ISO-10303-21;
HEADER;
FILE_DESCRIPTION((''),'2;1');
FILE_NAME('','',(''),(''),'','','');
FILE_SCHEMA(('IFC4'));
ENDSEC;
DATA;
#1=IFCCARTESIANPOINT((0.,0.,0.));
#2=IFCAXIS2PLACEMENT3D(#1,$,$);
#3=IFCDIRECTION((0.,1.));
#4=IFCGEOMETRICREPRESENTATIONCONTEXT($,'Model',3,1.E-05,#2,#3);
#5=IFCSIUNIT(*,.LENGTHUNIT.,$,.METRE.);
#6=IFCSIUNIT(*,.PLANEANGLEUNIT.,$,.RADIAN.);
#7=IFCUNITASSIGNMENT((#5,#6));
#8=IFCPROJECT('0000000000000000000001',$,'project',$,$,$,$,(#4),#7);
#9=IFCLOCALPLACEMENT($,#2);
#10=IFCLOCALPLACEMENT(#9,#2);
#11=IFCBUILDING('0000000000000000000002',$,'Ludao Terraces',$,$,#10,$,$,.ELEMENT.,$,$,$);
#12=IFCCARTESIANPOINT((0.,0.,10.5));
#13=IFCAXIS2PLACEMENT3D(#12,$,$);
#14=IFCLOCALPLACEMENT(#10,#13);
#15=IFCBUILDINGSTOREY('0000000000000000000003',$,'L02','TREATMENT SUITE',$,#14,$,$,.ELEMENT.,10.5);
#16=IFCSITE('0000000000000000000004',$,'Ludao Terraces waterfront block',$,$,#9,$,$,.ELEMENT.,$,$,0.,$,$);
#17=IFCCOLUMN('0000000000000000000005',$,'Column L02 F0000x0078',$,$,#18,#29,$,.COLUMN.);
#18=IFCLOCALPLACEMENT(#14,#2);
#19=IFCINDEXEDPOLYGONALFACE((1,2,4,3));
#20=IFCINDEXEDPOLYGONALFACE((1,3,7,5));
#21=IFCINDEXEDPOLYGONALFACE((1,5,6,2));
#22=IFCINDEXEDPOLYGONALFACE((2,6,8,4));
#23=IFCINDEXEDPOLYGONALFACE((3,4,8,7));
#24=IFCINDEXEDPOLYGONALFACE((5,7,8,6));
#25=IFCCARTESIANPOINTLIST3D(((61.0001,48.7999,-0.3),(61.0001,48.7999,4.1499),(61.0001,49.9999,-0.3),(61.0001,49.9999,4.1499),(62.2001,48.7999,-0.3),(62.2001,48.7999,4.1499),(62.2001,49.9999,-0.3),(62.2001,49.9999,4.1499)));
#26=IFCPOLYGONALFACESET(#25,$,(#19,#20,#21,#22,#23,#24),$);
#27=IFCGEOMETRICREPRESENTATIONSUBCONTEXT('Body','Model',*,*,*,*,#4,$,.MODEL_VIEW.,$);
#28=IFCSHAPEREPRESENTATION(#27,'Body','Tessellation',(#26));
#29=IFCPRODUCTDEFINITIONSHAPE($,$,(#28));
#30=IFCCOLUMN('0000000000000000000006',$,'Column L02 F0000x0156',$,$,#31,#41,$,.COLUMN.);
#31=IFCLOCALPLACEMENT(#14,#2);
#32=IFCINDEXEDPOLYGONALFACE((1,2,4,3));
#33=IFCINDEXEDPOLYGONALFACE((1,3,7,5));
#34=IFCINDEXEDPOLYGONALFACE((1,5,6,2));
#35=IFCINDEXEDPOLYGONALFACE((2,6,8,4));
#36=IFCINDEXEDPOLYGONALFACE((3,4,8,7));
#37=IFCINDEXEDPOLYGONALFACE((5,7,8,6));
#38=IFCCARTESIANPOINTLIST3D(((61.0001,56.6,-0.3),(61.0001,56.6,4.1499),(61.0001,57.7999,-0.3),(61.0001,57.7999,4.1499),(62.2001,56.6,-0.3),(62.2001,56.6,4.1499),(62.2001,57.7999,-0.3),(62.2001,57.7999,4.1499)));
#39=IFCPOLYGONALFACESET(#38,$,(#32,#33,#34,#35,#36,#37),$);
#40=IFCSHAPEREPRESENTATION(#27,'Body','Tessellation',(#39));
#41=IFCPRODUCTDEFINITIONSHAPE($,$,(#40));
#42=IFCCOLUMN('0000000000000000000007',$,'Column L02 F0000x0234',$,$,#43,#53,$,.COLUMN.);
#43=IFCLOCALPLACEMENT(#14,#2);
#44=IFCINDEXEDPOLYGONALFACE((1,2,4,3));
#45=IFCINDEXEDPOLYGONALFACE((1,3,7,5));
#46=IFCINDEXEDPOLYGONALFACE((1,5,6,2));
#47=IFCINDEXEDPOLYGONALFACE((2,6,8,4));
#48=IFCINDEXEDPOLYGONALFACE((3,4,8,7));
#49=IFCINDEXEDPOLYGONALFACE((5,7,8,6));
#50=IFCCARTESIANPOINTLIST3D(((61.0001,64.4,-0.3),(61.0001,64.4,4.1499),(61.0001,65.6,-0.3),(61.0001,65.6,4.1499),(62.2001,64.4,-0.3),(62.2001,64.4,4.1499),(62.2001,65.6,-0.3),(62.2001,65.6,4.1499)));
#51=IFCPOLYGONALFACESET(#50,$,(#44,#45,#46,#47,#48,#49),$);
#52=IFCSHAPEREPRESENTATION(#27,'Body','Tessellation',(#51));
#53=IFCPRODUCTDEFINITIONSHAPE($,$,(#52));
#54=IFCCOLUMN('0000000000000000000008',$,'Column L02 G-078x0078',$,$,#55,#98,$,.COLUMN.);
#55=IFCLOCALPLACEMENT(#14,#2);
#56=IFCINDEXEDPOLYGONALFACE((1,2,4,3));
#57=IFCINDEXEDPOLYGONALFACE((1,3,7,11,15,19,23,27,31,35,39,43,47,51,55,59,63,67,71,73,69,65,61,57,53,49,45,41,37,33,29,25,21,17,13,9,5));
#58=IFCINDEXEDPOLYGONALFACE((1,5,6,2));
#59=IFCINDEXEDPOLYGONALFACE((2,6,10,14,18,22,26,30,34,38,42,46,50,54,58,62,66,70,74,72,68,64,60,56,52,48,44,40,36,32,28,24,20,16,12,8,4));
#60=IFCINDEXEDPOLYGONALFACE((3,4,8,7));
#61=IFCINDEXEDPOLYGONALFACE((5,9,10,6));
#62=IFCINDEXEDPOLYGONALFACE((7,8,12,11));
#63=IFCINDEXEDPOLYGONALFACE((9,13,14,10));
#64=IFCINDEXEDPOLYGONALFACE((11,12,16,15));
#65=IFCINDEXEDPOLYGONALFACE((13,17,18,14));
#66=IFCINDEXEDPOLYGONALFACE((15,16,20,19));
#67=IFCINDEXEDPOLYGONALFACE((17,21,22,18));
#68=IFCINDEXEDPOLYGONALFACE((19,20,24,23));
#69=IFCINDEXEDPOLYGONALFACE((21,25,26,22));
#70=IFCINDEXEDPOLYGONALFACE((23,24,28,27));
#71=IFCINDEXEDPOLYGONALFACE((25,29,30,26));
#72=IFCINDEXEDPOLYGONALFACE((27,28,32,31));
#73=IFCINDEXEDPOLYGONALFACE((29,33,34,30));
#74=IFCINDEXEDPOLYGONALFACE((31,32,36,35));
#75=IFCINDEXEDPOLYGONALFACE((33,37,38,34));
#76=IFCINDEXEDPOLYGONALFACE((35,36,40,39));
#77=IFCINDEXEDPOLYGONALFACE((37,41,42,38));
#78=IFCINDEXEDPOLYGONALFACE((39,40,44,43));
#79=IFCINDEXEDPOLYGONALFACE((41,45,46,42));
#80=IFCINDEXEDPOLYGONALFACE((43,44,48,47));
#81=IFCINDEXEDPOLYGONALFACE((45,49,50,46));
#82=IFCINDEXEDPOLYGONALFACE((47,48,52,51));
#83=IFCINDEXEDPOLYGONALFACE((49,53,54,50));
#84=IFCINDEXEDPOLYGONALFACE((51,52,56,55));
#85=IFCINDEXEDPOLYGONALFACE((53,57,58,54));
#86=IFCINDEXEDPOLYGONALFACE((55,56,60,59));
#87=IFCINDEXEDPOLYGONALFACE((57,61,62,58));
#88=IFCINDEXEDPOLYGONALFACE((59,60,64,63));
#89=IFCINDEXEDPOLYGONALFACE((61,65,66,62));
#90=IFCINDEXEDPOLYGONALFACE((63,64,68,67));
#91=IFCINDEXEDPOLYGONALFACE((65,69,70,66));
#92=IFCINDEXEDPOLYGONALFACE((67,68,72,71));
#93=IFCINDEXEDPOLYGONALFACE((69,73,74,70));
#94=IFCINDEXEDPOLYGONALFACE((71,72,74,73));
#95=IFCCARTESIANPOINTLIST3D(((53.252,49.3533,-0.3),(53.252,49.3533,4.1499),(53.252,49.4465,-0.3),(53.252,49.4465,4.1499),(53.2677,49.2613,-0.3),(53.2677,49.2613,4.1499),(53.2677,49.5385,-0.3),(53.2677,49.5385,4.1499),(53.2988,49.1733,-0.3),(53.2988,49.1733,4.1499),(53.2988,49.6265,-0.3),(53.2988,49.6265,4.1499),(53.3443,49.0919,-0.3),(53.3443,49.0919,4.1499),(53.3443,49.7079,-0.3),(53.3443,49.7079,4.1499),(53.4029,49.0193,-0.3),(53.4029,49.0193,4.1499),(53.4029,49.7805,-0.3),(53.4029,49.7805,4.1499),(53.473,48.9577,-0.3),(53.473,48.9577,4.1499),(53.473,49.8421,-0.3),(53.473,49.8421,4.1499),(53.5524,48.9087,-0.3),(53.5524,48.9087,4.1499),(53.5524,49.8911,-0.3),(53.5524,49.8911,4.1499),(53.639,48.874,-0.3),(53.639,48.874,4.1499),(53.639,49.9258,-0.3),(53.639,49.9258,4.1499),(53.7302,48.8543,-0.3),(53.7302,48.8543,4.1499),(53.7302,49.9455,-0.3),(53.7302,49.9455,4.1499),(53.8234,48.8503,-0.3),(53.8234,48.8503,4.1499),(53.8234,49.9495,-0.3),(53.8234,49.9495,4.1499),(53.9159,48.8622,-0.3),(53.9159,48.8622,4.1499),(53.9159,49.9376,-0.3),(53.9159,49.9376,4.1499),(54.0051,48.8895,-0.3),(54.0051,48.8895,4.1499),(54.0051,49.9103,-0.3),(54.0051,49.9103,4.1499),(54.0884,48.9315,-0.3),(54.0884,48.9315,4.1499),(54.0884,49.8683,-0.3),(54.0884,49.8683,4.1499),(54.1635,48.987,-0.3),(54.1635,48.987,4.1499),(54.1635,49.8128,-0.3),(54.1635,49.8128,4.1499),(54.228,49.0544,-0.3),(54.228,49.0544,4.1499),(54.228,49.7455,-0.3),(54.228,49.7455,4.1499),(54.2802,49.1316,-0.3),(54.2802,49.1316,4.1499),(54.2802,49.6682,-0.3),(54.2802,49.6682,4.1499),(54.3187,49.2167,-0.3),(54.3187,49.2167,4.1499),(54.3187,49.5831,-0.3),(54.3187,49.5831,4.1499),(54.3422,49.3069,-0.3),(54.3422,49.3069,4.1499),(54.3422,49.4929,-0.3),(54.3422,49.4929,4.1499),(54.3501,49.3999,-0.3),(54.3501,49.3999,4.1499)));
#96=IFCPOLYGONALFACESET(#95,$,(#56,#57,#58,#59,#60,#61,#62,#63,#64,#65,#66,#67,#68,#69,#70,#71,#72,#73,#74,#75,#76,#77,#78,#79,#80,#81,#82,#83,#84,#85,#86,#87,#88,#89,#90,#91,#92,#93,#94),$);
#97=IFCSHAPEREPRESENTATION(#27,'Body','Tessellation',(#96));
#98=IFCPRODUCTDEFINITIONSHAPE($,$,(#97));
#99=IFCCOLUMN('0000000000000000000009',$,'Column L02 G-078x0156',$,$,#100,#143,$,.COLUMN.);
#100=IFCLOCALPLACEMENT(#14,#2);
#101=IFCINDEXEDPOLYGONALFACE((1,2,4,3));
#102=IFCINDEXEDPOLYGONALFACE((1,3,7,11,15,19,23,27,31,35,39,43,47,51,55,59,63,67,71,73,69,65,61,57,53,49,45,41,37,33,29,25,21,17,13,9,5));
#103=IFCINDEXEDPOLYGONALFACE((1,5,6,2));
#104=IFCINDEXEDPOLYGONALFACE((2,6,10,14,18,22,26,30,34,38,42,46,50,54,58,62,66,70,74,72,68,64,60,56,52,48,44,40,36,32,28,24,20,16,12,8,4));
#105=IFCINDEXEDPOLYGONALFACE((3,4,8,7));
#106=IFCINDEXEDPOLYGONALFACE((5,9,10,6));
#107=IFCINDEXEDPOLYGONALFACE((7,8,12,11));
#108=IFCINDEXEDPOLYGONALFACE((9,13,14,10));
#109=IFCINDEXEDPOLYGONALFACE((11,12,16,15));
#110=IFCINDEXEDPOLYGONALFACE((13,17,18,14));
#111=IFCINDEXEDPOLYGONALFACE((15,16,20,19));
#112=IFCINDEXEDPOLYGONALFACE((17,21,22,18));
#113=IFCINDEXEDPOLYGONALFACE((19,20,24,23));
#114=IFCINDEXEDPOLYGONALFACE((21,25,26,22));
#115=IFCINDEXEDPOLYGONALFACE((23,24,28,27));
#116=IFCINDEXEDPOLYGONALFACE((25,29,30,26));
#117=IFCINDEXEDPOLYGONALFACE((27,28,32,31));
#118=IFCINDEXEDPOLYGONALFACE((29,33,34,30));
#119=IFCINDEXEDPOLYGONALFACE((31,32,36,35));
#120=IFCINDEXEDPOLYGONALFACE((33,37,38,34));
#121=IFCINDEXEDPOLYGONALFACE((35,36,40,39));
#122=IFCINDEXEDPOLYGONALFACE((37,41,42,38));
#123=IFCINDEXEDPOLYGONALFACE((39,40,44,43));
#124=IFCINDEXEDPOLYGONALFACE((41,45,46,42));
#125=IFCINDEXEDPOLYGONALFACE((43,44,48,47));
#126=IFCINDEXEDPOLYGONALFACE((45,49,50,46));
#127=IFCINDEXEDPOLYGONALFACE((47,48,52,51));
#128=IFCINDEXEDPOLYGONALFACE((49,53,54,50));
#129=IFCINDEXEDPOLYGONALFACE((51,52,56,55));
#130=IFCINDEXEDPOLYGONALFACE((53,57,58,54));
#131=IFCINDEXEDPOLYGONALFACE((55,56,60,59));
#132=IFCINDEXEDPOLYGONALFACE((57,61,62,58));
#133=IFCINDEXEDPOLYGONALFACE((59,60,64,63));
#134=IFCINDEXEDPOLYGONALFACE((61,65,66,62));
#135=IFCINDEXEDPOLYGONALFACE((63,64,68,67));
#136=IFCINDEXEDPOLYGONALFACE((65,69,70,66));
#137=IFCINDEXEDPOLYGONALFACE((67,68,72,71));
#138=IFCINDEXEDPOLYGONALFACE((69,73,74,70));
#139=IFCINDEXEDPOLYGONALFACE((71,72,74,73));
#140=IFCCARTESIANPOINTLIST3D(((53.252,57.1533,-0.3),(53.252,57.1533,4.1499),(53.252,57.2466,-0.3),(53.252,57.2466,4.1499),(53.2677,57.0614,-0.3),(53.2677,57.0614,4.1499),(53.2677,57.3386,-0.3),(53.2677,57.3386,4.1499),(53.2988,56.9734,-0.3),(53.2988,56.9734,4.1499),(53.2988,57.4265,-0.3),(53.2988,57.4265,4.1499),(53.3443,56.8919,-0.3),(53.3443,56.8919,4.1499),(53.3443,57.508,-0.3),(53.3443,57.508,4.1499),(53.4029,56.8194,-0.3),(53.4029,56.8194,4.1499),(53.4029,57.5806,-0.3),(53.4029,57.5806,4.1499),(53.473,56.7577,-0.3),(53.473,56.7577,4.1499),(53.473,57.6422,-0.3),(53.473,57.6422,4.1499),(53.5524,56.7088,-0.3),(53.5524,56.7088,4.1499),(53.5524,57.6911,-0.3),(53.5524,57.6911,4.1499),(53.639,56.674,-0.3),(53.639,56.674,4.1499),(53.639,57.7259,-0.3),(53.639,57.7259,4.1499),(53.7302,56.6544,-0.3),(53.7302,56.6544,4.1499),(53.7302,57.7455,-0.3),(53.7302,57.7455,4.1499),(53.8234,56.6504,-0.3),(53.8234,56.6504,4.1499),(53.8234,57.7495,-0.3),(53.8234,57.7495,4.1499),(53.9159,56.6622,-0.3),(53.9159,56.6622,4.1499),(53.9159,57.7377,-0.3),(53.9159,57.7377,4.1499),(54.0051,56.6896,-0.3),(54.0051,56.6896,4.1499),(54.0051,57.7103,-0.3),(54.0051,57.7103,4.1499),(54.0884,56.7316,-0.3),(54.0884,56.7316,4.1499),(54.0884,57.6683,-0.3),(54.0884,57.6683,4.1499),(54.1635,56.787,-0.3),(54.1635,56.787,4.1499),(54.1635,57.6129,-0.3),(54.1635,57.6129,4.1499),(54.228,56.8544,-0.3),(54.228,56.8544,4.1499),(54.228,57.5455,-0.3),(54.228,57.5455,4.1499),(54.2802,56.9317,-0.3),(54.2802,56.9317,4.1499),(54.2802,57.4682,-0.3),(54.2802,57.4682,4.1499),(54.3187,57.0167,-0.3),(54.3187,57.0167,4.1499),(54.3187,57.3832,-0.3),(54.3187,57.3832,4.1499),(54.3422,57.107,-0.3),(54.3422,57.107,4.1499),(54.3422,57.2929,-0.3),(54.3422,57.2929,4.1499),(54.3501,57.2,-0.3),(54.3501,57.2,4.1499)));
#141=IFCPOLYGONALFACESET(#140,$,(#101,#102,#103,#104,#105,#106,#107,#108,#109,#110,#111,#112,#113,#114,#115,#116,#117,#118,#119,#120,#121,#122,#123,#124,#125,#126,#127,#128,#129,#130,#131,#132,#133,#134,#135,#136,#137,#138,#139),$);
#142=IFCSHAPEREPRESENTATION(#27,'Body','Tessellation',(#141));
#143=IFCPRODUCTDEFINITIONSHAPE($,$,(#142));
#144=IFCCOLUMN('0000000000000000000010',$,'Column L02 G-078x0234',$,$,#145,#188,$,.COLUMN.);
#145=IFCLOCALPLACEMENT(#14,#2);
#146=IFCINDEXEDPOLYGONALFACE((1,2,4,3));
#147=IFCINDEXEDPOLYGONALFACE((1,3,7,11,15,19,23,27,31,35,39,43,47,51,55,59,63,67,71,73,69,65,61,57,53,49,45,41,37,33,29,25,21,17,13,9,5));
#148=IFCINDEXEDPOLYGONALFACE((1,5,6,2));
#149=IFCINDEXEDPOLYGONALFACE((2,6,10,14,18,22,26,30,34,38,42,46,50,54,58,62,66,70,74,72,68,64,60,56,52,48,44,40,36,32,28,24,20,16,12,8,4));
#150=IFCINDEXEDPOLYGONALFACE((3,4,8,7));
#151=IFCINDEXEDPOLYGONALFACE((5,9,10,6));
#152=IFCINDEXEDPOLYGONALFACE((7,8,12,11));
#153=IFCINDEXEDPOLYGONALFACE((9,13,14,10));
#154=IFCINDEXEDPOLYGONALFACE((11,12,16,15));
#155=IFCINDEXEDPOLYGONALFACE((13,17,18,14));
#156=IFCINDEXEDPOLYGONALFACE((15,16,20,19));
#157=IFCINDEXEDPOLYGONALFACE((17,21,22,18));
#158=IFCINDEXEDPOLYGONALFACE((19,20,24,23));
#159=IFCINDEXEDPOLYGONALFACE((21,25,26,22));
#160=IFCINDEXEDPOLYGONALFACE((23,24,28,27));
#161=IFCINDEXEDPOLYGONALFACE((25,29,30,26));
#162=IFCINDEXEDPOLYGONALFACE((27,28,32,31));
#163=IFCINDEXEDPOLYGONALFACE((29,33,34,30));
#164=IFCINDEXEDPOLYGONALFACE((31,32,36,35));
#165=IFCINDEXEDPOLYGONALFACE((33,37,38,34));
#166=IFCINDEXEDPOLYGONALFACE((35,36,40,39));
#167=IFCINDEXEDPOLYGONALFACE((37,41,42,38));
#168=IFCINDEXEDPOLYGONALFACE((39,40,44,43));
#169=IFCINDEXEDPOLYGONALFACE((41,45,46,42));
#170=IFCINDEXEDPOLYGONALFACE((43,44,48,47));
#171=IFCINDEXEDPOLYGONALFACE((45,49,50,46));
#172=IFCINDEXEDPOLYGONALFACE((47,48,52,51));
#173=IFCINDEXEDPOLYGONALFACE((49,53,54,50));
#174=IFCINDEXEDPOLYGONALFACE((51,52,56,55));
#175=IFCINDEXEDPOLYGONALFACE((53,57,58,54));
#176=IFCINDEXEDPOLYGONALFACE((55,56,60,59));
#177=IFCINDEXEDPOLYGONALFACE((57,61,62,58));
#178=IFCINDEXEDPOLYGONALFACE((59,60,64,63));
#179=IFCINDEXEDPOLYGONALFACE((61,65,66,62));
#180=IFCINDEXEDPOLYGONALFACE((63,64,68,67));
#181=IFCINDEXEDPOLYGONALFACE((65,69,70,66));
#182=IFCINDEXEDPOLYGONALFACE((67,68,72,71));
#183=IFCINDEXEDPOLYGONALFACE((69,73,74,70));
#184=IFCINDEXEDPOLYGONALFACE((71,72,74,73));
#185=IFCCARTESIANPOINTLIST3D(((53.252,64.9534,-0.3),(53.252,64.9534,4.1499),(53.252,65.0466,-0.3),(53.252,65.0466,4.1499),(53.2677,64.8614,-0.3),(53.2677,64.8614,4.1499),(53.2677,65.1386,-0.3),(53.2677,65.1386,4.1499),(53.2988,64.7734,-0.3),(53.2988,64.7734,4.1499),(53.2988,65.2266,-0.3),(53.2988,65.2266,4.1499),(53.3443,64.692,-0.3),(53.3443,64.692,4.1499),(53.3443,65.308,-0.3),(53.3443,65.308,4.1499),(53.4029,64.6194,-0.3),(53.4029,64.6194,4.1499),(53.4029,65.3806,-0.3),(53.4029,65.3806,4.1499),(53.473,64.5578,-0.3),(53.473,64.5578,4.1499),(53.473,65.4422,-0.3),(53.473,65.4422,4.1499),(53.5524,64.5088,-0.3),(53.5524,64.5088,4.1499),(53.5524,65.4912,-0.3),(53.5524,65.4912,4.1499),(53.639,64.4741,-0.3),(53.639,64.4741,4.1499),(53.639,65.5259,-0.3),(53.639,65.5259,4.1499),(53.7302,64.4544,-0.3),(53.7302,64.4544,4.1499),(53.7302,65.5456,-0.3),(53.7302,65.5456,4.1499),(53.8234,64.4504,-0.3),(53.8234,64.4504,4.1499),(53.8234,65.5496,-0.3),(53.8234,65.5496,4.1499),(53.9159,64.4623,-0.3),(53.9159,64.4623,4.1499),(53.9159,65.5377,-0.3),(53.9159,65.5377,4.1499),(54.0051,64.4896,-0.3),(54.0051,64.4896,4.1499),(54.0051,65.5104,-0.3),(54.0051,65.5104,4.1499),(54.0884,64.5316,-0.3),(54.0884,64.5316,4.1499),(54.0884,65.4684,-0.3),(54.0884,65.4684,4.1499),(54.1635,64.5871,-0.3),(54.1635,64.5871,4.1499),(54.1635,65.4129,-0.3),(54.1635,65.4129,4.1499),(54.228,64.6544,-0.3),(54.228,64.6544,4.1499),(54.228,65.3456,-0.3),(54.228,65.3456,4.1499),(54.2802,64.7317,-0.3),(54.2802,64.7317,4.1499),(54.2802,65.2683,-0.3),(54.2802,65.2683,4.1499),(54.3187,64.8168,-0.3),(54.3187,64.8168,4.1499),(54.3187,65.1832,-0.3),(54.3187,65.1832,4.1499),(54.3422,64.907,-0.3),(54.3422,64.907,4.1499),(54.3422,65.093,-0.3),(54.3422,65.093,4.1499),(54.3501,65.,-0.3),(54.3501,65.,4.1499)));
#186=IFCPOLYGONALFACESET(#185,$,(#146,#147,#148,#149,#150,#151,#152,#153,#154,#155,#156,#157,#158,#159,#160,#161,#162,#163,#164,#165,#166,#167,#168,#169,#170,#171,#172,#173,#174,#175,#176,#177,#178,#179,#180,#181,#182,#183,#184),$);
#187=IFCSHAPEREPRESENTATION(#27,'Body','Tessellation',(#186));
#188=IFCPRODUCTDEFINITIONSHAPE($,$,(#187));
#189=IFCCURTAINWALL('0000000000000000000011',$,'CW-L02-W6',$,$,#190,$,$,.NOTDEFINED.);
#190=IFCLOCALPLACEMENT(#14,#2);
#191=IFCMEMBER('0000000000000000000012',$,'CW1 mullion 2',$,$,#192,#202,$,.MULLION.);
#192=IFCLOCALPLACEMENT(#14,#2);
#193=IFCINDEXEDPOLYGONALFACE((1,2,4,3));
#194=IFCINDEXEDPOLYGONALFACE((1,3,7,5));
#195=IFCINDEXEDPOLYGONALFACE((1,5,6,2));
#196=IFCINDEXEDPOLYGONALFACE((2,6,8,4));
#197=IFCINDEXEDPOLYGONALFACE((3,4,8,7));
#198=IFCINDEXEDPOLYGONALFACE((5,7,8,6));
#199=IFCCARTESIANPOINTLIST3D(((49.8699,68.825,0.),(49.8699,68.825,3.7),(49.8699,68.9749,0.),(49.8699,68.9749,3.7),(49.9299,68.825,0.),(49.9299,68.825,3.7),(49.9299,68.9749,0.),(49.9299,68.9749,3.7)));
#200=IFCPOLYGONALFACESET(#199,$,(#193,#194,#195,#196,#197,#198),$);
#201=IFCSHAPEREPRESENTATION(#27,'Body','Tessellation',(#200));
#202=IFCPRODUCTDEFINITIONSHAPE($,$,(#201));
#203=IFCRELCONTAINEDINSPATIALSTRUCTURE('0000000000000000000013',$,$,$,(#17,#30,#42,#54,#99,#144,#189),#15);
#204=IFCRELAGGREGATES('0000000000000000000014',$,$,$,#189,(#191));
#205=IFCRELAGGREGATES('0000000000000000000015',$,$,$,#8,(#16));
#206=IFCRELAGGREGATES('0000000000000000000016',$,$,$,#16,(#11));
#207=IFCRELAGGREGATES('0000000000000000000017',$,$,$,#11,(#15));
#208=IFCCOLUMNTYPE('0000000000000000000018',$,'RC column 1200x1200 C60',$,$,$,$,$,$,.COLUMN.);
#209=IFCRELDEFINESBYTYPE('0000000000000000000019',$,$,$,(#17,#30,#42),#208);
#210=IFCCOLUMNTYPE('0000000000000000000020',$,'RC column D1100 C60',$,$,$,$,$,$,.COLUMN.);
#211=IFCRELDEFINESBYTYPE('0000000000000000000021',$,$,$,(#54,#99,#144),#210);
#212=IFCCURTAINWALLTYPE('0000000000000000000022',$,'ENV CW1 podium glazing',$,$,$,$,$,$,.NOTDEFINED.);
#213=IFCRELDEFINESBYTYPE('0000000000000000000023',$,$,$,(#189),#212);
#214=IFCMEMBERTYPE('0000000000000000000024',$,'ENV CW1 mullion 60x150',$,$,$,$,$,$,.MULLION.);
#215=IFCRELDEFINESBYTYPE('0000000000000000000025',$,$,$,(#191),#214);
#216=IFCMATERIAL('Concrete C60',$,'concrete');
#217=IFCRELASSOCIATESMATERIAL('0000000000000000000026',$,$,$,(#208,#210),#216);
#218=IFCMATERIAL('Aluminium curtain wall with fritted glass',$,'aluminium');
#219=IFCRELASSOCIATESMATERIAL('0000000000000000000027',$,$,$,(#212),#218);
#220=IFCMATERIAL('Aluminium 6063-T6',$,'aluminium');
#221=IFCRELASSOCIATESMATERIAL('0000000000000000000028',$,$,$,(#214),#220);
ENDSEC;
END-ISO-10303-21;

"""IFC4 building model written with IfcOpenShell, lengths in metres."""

from ifc_helpers import new_model, si_unit, direction, frame, origin, origin_2d, place, context, subcontext, project, spatial, rectangle, circle, extrude, material, material_profile, profile_set, type_object, element, aggregate, save


model = new_model("IFC4")

# Units and contexts
model_context = context("Model", 3, precision=1e-05, world=origin(), true_north=direction((0.0, 1.0)))
body_context = subcontext(model_context, "Body", "Model", "MODEL_VIEW")
ifc_project = project(units=[si_unit("LENGTHUNIT", "METRE"), si_unit("PLANEANGLEUNIT", "RADIAN")], contexts=[model_context])

# Site, building, storey
site_placement = place(None, origin())
site = spatial("IfcSite", under=ifc_project, at=site_placement, Name="Ludao Terraces waterfront block", CompositionType="ELEMENT", RefElevation=0.0)
building_placement = place(site_placement, origin())
building = spatial("IfcBuilding", under=site, at=building_placement, Name="Ludao Terraces", CompositionType="ELEMENT")
storey_placement = place(building_placement, frame((0.0, 0.0, 10.5)))
storey = spatial("IfcBuildingStorey", under=building, at=storey_placement, Name="L02", Description="TREATMENT SUITE", CompositionType="ELEMENT", Elevation=10.5)

# Columns
ifc_material_1 = material(Name="Concrete C60", Category="concrete")
ifc_material_profile_1 = material_profile(ifc_material_1, rectangle(XDim=1.2, YDim=1.2, at=origin_2d()), Name="1200 X 1200")
ifc_profile_set_1 = profile_set([ifc_material_profile_1], Name="Concrete C60")
column_type_1 = type_object("IfcColumnType", Name="RC column 1200x1200 C60", PredefinedType="COLUMN", material=ifc_profile_set_1)
for number, where, z_axis, x_axis, name in (
    (1, (61.6001, 49.3999, -0.3), (0.0, 0.0, 1.0), (1.0, 0.0, 0.0), "Column L02 F0000x0078"),
    (2, (61.6001, 57.2, -0.3), (0.0, 0.0, 1.0), (1.0, 0.0, 0.0), "Column L02 F0000x0156"),
    (3, (61.6001, 65.0, -0.3), (0.0, 0.0, 1.0), (1.0, 0.0, 0.0), "Column L02 F0000x0234"),
):
    element("IfcColumn", number, at=place(storey_placement, frame(where, z_axis=z_axis, x_axis=x_axis)), inside=storey, type_object=column_type_1, Name=name, PredefinedType="COLUMN", context=body_context, shape_type="SweptSolid", body=[
        extrude(rectangle(XDim=1.2, YDim=1.2, at=origin_2d()), origin(), (0.0, 0.0, 1.0), 4.45),
    ])
ifc_material_profile_2 = material_profile(ifc_material_1, circle(Radius=0.55, at=origin_2d()), Name="D1100")
ifc_profile_set_2 = profile_set([ifc_material_profile_2], Name="Concrete C60")
column_type_2 = type_object("IfcColumnType", Name="RC column D1100 C60", PredefinedType="COLUMN", material=ifc_profile_set_2)
for number, where, z_axis, x_axis, name in (
    (4, (53.8, 49.3999, -0.3), (0.0, 0.0, 1.0), (1.0, 0.0, 0.0), "Column L02 G-078x0078"),
    (5, (53.8, 57.2, -0.3), (0.0, 0.0, 1.0), (1.0, 0.0, 0.0), "Column L02 G-078x0156"),
    (6, (53.8, 65.0, -0.3), (0.0, 0.0, 1.0), (1.0, 0.0, 0.0), "Column L02 G-078x0234"),
):
    element("IfcColumn", number, at=place(storey_placement, frame(where, z_axis=z_axis, x_axis=x_axis)), inside=storey, type_object=column_type_2, Name=name, PredefinedType="COLUMN", context=body_context, shape_type="SweptSolid", body=[
        extrude(circle(Radius=0.55, at=origin_2d()), origin(), (0.0, 0.0, 1.0), 4.45),
    ])

# Curtain wall, member
ifc_material_2 = material(Name="Aluminium curtain wall with fritted glass", Category="aluminium")
curtain_wall_type = type_object("IfcCurtainWallType", Name="ENV CW1 podium glazing", PredefinedType="NOTDEFINED", material=ifc_material_2)
curtain_wall_placement = place(storey_placement, origin())
curtain_wall = element("IfcCurtainWall", 7, at=curtain_wall_placement, inside=storey, type_object=curtain_wall_type, Name="CW-L02-W6", PredefinedType="NOTDEFINED")
ifc_material_3 = material(Name="Aluminium 6063-T6", Category="aluminium")
ifc_material_profile_3 = material_profile(ifc_material_3, rectangle(XDim=0.0601, YDim=0.1499, at=origin_2d()), Name="60 X 150")
ifc_profile_set_3 = profile_set([ifc_material_profile_3], Name="Aluminium 6063-T6")
member_type_1 = type_object("IfcMemberType", Name="ENV CW1 mullion 60x150", PredefinedType="MULLION", material=ifc_profile_set_3)
member_1_placement = place(storey_placement, frame((49.8999, 68.8999, 0.0), z_axis=(0.0, 0.0, 1.0), x_axis=(-1.0, 0.0, 0.0)))
member_1 = element("IfcMember", 8, at=member_1_placement, type_object=member_type_1, Name="CW1 mullion 2", PredefinedType="MULLION", context=body_context, shape_type="SweptSolid", body=[
    extrude(rectangle(XDim=0.0601, YDim=0.1499, at=origin_2d()), origin(), (0.0, 0.0, 1.0), 3.7),
])
aggregate(curtain_wall, [member_1])

save(model, "model.ifc")
